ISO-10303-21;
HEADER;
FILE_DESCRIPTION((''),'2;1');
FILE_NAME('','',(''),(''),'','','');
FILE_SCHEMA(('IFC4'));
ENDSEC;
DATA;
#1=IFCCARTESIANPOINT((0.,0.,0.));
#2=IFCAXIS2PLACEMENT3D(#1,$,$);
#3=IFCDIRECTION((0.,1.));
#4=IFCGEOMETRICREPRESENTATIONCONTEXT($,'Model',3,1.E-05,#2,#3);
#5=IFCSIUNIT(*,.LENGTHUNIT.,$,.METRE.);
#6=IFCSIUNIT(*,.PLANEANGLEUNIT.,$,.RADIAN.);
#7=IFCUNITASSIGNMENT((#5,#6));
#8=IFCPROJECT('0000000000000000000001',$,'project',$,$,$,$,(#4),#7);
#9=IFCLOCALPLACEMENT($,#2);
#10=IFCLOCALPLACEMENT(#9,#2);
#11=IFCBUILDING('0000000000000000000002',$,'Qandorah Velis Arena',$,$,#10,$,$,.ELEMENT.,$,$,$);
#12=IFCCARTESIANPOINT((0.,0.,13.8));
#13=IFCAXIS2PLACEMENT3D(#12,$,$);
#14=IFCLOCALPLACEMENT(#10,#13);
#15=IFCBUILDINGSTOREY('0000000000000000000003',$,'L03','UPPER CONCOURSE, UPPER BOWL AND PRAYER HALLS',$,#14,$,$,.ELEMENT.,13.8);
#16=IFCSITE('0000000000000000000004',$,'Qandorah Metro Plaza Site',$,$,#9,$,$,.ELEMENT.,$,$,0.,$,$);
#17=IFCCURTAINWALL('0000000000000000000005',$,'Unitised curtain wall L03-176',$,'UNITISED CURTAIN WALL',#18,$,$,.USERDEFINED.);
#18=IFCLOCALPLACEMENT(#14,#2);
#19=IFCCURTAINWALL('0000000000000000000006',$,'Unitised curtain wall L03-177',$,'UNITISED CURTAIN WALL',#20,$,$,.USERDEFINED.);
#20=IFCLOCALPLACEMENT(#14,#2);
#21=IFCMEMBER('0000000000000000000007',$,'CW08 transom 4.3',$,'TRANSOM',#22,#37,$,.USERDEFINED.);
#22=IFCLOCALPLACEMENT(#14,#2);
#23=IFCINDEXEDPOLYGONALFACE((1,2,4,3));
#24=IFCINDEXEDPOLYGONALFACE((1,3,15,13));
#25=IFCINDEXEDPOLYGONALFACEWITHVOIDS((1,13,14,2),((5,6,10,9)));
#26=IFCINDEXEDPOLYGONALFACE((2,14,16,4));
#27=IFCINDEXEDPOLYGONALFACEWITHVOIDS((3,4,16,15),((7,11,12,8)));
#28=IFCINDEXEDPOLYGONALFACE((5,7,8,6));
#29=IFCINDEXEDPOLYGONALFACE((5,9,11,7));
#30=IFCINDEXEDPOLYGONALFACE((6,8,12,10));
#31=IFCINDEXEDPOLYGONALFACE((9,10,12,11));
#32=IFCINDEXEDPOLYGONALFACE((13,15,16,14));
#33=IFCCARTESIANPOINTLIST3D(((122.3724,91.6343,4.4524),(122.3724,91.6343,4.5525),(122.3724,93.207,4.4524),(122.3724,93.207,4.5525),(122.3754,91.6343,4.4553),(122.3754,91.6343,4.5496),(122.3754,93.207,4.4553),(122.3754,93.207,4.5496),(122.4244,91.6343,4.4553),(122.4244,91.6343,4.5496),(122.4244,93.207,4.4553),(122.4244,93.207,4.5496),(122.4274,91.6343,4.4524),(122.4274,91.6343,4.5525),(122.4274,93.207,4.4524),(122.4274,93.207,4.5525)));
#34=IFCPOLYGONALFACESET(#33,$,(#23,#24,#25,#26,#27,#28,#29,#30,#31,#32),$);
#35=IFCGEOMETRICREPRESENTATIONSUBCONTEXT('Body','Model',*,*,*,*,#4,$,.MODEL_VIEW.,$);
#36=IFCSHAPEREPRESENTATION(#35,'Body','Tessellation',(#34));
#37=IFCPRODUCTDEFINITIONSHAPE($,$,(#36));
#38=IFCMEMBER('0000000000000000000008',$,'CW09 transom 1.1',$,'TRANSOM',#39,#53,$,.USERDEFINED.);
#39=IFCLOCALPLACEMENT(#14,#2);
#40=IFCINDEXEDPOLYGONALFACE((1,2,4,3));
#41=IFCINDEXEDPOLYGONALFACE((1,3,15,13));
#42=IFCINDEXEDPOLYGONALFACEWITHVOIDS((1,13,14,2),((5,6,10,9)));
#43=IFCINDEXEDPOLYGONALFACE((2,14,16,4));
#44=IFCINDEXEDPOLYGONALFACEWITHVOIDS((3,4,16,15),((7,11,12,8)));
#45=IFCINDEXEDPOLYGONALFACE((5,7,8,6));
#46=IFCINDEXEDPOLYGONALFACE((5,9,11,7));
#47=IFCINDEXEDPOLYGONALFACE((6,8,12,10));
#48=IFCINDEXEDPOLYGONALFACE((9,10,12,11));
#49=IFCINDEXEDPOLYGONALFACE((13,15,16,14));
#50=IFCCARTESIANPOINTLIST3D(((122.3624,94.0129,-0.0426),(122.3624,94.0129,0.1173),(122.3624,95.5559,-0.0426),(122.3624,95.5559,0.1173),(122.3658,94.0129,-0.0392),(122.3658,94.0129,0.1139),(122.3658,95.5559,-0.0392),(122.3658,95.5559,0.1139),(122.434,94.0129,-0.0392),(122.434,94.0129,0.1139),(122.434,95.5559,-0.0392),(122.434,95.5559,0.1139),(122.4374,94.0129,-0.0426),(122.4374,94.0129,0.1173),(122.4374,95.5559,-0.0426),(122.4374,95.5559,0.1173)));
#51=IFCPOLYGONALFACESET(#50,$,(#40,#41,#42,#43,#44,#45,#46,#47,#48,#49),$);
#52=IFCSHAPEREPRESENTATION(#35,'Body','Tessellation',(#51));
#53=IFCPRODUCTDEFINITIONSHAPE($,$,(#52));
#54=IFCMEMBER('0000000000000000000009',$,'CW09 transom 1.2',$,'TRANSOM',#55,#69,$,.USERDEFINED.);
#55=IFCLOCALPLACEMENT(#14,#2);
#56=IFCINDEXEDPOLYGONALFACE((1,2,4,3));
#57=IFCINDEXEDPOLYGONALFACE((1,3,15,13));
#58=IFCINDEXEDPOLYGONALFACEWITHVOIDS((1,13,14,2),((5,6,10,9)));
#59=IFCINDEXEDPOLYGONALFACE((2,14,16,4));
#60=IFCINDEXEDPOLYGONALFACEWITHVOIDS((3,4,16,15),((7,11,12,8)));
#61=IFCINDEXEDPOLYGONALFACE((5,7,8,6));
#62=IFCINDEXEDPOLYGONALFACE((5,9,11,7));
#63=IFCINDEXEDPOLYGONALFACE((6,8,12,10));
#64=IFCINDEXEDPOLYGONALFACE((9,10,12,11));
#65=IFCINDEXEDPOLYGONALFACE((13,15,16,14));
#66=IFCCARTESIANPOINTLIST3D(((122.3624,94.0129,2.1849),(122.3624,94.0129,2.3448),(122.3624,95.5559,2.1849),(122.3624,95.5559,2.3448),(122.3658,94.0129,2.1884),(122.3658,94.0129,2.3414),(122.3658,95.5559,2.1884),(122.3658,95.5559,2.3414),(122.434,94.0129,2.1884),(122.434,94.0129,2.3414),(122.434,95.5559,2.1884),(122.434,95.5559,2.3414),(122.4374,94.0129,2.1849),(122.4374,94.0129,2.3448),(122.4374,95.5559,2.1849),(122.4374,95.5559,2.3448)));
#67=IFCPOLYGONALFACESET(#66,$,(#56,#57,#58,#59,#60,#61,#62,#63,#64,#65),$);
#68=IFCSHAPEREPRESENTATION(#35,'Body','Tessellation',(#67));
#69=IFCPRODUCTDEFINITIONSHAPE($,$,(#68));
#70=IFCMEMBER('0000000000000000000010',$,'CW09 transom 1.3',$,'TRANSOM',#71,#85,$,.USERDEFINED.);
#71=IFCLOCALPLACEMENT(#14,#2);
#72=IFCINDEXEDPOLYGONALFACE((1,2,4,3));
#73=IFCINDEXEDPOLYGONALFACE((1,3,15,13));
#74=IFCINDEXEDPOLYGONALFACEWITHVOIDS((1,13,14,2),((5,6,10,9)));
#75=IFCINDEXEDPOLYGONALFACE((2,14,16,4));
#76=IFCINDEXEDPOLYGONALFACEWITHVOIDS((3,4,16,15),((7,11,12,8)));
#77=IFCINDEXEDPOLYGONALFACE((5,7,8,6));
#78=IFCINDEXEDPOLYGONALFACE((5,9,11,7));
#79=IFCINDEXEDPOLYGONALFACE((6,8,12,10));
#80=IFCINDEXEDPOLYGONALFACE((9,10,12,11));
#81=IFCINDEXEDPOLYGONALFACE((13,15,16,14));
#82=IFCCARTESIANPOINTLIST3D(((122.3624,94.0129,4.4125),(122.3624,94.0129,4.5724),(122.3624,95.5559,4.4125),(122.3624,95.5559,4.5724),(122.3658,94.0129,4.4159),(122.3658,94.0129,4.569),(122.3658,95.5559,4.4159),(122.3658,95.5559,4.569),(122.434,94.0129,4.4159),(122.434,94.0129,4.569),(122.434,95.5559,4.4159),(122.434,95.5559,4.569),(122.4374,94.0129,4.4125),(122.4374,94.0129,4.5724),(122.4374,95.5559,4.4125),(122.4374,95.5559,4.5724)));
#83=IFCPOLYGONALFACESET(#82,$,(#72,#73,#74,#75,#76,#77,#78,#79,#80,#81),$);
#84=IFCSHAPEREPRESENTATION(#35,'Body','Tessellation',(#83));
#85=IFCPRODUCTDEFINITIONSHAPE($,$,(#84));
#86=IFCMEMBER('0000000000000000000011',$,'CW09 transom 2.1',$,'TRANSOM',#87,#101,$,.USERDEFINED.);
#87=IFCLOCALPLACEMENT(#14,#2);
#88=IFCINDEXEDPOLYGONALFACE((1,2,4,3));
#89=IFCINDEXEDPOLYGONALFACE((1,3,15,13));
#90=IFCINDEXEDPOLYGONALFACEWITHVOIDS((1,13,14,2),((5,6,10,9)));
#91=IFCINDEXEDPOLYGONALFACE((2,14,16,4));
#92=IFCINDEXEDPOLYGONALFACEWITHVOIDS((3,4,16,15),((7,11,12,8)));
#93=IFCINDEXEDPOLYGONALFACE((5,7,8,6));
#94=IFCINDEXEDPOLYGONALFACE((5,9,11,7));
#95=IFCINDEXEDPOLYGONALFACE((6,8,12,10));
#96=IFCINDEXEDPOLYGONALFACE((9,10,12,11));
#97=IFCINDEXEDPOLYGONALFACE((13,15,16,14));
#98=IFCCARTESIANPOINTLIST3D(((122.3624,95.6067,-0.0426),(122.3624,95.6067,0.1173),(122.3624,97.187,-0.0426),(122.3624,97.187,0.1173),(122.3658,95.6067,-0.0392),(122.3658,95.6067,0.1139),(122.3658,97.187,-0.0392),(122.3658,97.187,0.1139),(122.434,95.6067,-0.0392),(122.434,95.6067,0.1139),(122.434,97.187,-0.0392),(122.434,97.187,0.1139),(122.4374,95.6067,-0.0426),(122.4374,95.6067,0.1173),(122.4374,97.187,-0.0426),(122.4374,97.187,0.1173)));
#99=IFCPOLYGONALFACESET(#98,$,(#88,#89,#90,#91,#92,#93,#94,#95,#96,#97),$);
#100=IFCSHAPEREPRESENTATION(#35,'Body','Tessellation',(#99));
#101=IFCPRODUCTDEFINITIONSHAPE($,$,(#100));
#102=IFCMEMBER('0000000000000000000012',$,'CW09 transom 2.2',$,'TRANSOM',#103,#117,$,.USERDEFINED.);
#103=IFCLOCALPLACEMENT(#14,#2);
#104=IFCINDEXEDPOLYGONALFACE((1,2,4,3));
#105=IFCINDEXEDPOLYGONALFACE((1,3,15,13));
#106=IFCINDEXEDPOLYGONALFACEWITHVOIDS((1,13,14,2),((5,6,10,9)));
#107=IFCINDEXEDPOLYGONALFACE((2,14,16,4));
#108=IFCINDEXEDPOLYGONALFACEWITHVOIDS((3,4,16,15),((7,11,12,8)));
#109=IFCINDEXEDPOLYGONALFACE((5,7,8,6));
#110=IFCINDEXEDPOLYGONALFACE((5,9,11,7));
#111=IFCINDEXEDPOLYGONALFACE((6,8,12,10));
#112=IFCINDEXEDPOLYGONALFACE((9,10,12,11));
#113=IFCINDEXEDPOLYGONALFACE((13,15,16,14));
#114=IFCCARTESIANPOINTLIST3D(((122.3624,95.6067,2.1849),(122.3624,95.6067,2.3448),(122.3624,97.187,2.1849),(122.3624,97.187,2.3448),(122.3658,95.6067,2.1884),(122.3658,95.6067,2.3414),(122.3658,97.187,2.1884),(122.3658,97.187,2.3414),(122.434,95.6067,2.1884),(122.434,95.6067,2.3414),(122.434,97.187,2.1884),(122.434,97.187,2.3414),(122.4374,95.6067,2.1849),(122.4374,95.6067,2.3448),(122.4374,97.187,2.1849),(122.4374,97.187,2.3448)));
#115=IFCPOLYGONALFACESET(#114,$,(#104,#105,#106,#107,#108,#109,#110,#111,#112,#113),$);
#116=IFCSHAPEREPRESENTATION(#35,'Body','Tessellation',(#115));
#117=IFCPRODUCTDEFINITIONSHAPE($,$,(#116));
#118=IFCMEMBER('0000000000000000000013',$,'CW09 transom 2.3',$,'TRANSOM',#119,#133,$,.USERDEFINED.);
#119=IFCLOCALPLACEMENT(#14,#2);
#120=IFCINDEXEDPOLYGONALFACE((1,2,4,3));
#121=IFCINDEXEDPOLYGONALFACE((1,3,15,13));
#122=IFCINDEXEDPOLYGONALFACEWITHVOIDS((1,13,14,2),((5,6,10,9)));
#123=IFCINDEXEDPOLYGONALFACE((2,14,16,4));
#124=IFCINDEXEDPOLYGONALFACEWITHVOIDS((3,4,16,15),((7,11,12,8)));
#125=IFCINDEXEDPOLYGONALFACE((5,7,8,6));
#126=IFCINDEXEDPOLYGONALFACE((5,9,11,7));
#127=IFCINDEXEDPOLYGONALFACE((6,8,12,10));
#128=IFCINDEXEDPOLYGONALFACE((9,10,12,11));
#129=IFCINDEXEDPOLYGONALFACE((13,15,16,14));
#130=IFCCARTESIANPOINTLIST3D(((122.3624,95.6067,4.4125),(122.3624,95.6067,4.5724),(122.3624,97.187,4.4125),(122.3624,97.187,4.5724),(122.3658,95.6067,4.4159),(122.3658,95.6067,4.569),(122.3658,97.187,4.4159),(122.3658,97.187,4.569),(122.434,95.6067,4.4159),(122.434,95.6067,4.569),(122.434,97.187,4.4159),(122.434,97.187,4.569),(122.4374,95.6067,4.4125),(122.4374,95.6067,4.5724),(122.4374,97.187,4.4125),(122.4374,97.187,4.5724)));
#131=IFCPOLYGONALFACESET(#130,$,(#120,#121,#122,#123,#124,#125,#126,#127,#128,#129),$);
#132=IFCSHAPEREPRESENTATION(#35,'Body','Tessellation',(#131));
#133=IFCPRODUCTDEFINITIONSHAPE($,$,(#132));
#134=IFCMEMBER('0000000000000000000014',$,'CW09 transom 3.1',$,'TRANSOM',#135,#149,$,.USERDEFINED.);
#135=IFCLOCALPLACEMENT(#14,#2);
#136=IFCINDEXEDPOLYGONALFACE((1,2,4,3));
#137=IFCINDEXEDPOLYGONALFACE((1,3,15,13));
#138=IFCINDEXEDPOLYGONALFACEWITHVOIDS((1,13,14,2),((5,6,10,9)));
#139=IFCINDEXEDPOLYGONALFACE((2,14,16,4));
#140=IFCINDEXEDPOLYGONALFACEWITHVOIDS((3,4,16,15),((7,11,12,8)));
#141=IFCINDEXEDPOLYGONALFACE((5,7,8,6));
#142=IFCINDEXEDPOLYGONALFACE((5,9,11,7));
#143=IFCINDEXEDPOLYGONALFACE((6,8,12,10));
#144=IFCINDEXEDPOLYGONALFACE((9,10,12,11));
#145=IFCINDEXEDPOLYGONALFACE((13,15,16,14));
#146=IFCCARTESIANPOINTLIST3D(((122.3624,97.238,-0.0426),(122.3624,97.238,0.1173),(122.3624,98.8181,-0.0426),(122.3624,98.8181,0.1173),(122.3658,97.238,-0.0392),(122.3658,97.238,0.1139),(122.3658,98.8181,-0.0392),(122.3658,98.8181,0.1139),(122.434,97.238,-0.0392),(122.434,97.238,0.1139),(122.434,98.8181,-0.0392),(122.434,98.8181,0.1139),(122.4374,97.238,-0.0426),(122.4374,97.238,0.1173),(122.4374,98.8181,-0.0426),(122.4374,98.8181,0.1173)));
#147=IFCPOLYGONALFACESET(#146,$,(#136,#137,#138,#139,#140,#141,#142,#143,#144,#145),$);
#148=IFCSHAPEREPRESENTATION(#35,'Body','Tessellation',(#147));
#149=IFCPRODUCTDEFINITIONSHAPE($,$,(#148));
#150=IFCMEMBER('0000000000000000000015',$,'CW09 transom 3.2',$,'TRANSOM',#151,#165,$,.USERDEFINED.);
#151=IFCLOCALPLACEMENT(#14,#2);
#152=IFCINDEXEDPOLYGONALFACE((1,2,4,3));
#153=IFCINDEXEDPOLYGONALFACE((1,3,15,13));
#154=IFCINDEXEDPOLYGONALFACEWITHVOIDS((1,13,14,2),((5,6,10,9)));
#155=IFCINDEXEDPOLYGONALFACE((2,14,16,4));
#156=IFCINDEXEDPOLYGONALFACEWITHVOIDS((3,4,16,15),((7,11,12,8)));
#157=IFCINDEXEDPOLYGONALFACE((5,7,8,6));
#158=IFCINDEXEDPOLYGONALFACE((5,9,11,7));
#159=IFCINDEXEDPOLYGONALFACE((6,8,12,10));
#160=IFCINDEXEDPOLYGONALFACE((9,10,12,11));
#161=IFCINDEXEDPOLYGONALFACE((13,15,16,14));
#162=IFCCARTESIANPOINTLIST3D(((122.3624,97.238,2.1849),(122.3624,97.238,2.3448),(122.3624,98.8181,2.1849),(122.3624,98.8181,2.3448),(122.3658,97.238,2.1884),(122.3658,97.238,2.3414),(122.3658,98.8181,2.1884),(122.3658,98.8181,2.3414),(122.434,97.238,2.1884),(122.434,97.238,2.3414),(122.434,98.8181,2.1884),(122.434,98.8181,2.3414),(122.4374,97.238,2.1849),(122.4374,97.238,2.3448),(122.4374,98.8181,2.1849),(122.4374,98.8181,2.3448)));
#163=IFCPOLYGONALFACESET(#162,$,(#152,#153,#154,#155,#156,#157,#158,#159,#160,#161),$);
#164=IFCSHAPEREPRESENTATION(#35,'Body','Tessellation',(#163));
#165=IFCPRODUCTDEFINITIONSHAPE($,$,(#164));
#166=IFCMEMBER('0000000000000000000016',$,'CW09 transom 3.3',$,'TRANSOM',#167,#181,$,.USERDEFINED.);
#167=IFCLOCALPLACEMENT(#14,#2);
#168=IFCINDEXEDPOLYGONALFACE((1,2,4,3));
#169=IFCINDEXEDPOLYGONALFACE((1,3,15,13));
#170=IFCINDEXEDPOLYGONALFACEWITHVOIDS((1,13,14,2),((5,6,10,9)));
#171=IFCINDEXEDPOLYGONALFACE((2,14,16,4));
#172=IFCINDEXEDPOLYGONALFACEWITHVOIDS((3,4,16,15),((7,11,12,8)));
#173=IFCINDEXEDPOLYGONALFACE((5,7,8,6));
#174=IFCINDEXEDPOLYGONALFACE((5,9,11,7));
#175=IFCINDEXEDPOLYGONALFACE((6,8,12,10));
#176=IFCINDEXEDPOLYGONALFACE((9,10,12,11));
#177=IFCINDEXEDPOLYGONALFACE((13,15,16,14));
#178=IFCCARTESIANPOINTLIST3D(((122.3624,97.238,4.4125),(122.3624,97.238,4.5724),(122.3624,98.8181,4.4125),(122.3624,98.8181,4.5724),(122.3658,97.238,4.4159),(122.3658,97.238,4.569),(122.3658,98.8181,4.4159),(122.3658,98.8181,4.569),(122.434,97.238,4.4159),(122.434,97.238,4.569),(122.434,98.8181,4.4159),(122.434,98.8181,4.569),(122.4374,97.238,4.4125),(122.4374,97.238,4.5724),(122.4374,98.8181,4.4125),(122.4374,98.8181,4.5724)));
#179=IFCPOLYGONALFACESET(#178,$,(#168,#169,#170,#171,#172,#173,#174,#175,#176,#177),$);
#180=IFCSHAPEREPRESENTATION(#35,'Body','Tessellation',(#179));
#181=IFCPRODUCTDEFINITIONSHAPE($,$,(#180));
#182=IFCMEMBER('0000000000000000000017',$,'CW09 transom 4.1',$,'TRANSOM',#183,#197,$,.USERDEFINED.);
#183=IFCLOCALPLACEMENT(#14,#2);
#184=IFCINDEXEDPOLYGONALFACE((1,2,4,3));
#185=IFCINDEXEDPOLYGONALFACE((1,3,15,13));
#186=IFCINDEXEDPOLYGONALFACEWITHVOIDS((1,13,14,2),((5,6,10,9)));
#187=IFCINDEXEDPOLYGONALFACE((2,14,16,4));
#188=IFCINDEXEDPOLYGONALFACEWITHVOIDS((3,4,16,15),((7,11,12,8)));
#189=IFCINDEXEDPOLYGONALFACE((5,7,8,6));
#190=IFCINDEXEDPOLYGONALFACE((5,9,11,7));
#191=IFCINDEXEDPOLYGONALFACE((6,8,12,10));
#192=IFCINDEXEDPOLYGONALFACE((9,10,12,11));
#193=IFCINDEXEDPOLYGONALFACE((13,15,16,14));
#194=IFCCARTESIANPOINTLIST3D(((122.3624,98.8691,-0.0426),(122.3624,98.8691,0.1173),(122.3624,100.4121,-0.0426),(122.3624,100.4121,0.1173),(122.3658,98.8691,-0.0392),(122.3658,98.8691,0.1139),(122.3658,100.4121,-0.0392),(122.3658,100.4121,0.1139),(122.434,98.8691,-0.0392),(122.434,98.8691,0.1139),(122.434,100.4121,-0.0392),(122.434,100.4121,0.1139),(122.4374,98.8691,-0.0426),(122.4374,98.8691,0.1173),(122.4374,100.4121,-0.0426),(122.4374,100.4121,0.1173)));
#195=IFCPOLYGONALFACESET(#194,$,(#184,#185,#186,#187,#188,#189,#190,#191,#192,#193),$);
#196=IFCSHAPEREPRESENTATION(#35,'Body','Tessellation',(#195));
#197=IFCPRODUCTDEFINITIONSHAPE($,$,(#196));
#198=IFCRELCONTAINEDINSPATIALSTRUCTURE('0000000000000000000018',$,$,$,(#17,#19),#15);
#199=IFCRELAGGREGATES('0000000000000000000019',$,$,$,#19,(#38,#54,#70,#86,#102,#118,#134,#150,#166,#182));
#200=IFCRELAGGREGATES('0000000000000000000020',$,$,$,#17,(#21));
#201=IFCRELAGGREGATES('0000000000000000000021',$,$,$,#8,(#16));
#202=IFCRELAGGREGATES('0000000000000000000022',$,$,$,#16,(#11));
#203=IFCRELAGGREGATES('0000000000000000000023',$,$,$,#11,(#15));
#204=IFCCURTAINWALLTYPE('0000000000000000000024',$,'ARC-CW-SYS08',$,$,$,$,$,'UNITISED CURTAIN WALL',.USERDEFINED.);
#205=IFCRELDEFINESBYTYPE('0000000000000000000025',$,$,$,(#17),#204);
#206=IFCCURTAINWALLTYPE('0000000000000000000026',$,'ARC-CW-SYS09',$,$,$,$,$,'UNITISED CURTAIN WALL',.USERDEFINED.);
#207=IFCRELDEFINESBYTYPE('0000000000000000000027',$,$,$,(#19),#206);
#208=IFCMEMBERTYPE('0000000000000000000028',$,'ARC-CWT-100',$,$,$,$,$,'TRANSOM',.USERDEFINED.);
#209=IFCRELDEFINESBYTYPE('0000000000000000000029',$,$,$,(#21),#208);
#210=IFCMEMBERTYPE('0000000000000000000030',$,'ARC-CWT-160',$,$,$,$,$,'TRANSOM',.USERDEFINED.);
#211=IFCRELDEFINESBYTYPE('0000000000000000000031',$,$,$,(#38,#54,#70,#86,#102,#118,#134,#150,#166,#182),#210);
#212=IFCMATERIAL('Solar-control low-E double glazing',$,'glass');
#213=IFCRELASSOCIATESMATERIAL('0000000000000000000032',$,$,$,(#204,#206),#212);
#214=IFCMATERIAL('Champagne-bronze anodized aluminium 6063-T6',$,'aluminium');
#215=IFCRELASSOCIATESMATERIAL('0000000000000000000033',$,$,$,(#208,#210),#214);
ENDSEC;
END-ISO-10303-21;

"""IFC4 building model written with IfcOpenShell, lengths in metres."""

from ifc_helpers import new_model, si_unit, direction, frame, origin, origin_2d, place, context, subcontext, project, spatial, hollow_rectangle, extrude, material, material_profile, profile_set, type_object, element, aggregate, save


model = new_model("IFC4")

# Units and contexts
model_context = context("Model", 3, precision=1e-05, world=origin(), true_north=direction((0.0, 1.0)))
body_context = subcontext(model_context, "Body", "Model", "MODEL_VIEW")
ifc_project = project(units=[si_unit("LENGTHUNIT", "METRE"), si_unit("PLANEANGLEUNIT", "RADIAN")], contexts=[model_context])

# Site, building, storey
site_placement = place(None, origin())
site = spatial("IfcSite", under=ifc_project, at=site_placement, Name="Qandorah Metro Plaza Site", CompositionType="ELEMENT", RefElevation=0.0)
building_placement = place(site_placement, origin())
building = spatial("IfcBuilding", under=site, at=building_placement, Name="Qandorah Velis Arena", CompositionType="ELEMENT")
storey_placement = place(building_placement, frame((0.0, 0.0, 13.8)))
storey = spatial("IfcBuildingStorey", under=building, at=storey_placement, Name="L03", Description="UPPER CONCOURSE, UPPER BOWL AND PRAYER HALLS", CompositionType="ELEMENT", Elevation=13.8)

# Curtain walls
ifc_material_1 = material(Name="Solar-control low-E double glazing", Category="glass")
curtain_wall_type_1 = type_object("IfcCurtainWallType", Name="ARC-CW-SYS08", ElementType="UNITISED CURTAIN WALL", PredefinedType="USERDEFINED", material=ifc_material_1)
curtain_wall_1_placement = place(storey_placement, origin())
curtain_wall_1 = element("IfcCurtainWall", 1, at=curtain_wall_1_placement, inside=storey, type_object=curtain_wall_type_1, Name="Unitised curtain wall L03-176", ObjectType="UNITISED CURTAIN WALL", PredefinedType="USERDEFINED")
ifc_material_2 = material(Name="Champagne-bronze anodized aluminium 6063-T6", Category="aluminium")
curtain_wall_type_2 = type_object("IfcCurtainWallType", Name="ARC-CW-SYS09", ElementType="UNITISED CURTAIN WALL", PredefinedType="USERDEFINED", material=ifc_material_1)
curtain_wall_2_placement = place(storey_placement, origin())
curtain_wall_2 = element("IfcCurtainWall", 2, at=curtain_wall_2_placement, inside=storey, type_object=curtain_wall_type_2, Name="Unitised curtain wall L03-177", ObjectType="UNITISED CURTAIN WALL", PredefinedType="USERDEFINED")

# Members
ifc_material_profile_1 = material_profile(ifc_material_2, hollow_rectangle(XDim=0.0549, YDim=0.1001, WallThickness=0.0029, at=origin_2d()), Name="ALU TRANSOM 55x100")
ifc_profile_set_1 = profile_set([ifc_material_profile_1], Name="Champagne-bronze anodized aluminium 6063-T6")
member_type_1 = type_object("IfcMemberType", Name="ARC-CWT-100", ElementType="TRANSOM", PredefinedType="USERDEFINED", material=ifc_profile_set_1)
member_1_placement = place(storey_placement, frame((122.3999, 91.6343, 4.5024), z_axis=(0.0, 1.0, 0.0), x_axis=(-1.0, 0.0, 0.0)))
member_1 = element("IfcMember", 3, at=member_1_placement, type_object=member_type_1, Name="CW08 transom 4.3", ObjectType="TRANSOM", PredefinedType="USERDEFINED", context=body_context, shape_type="SweptSolid", body=[
    extrude(hollow_rectangle(XDim=0.0549, YDim=0.1001, WallThickness=0.0029, at=origin_2d()), origin(), (0.0, 0.0, 1.0), 1.5728),
])
ifc_material_profile_2 = material_profile(ifc_material_2, hollow_rectangle(XDim=0.075, YDim=0.1599, WallThickness=0.0034, at=origin_2d()), Name="ALU TRANSOM 75x160")
ifc_profile_set_2 = profile_set([ifc_material_profile_2], Name="Champagne-bronze anodized aluminium 6063-T6")
member_type_2 = type_object("IfcMemberType", Name="ARC-CWT-160", ElementType="TRANSOM", PredefinedType="USERDEFINED", material=ifc_profile_set_2)
member_2_placement = place(storey_placement, frame((122.3999, 94.0129, 0.0374), z_axis=(0.0, 1.0, 0.0), x_axis=(-1.0, 0.0, 0.0)))
member_2 = element("IfcMember", 4, at=member_2_placement, type_object=member_type_2, Name="CW09 transom 1.1", ObjectType="TRANSOM", PredefinedType="USERDEFINED", context=body_context, shape_type="SweptSolid", body=[
    extrude(hollow_rectangle(XDim=0.075, YDim=0.1599, WallThickness=0.0034, at=origin_2d()), origin(), (0.0, 0.0, 1.0), 1.543),
])
member_3_placement = place(storey_placement, frame((122.3999, 94.0129, 2.2649), z_axis=(0.0, 1.0, 0.0), x_axis=(-1.0, 0.0, 0.0)))
member_3 = element("IfcMember", 5, at=member_3_placement, type_object=member_type_2, Name="CW09 transom 1.2", ObjectType="TRANSOM", PredefinedType="USERDEFINED", context=body_context, shape_type="SweptSolid", body=[
    extrude(hollow_rectangle(XDim=0.075, YDim=0.1599, WallThickness=0.0034, at=origin_2d()), origin(), (0.0, 0.0, 1.0), 1.543),
])
member_4_placement = place(storey_placement, frame((122.3999, 94.0129, 4.4924), z_axis=(0.0, 1.0, 0.0), x_axis=(-1.0, 0.0, 0.0)))
member_4 = element("IfcMember", 6, at=member_4_placement, type_object=member_type_2, Name="CW09 transom 1.3", ObjectType="TRANSOM", PredefinedType="USERDEFINED", context=body_context, shape_type="SweptSolid", body=[
    extrude(hollow_rectangle(XDim=0.075, YDim=0.1599, WallThickness=0.0034, at=origin_2d()), origin(), (0.0, 0.0, 1.0), 1.543),
])
member_5_placement = place(storey_placement, frame((122.3999, 95.6067, 0.0374), z_axis=(0.0, 1.0, 0.0), x_axis=(-1.0, 0.0, 0.0)))
member_5 = element("IfcMember", 7, at=member_5_placement, type_object=member_type_2, Name="CW09 transom 2.1", ObjectType="TRANSOM", PredefinedType="USERDEFINED", context=body_context, shape_type="SweptSolid", body=[
    extrude(hollow_rectangle(XDim=0.075, YDim=0.1599, WallThickness=0.0034, at=origin_2d()), origin(), (0.0, 0.0, 1.0), 1.5803),
])
member_6_placement = place(storey_placement, frame((122.3999, 95.6067, 2.2649), z_axis=(0.0, 1.0, 0.0), x_axis=(-1.0, 0.0, 0.0)))
member_6 = element("IfcMember", 8, at=member_6_placement, type_object=member_type_2, Name="CW09 transom 2.2", ObjectType="TRANSOM", PredefinedType="USERDEFINED", context=body_context, shape_type="SweptSolid", body=[
    extrude(hollow_rectangle(XDim=0.075, YDim=0.1599, WallThickness=0.0034, at=origin_2d()), origin(), (0.0, 0.0, 1.0), 1.5803),
])
member_7_placement = place(storey_placement, frame((122.3999, 95.6067, 4.4924), z_axis=(0.0, 1.0, 0.0), x_axis=(-1.0, 0.0, 0.0)))
member_7 = element("IfcMember", 9, at=member_7_placement, type_object=member_type_2, Name="CW09 transom 2.3", ObjectType="TRANSOM", PredefinedType="USERDEFINED", context=body_context, shape_type="SweptSolid", body=[
    extrude(hollow_rectangle(XDim=0.075, YDim=0.1599, WallThickness=0.0034, at=origin_2d()), origin(), (0.0, 0.0, 1.0), 1.5803),
])
member_8_placement = place(storey_placement, frame((122.3999, 97.238, 0.0374), z_axis=(0.0, 1.0, 0.0), x_axis=(-1.0, 0.0, 0.0)))
member_8 = element("IfcMember", 10, at=member_8_placement, type_object=member_type_2, Name="CW09 transom 3.1", ObjectType="TRANSOM", PredefinedType="USERDEFINED", context=body_context, shape_type="SweptSolid", body=[
    extrude(hollow_rectangle(XDim=0.075, YDim=0.1599, WallThickness=0.0034, at=origin_2d()), origin(), (0.0, 0.0, 1.0), 1.5801),
])
member_9_placement = place(storey_placement, frame((122.3999, 97.238, 2.2649), z_axis=(0.0, 1.0, 0.0), x_axis=(-1.0, 0.0, 0.0)))
member_9 = element("IfcMember", 11, at=member_9_placement, type_object=member_type_2, Name="CW09 transom 3.2", ObjectType="TRANSOM", PredefinedType="USERDEFINED", context=body_context, shape_type="SweptSolid", body=[
    extrude(hollow_rectangle(XDim=0.075, YDim=0.1599, WallThickness=0.0034, at=origin_2d()), origin(), (0.0, 0.0, 1.0), 1.5801),
])
member_10_placement = place(storey_placement, frame((122.3999, 97.238, 4.4924), z_axis=(0.0, 1.0, 0.0), x_axis=(-1.0, 0.0, 0.0)))
member_10 = element("IfcMember", 12, at=member_10_placement, type_object=member_type_2, Name="CW09 transom 3.3", ObjectType="TRANSOM", PredefinedType="USERDEFINED", context=body_context, shape_type="SweptSolid", body=[
    extrude(hollow_rectangle(XDim=0.075, YDim=0.1599, WallThickness=0.0034, at=origin_2d()), origin(), (0.0, 0.0, 1.0), 1.5801),
])
member_11_placement = place(storey_placement, frame((122.3999, 98.8691, 0.0374), z_axis=(0.0, 1.0, 0.0), x_axis=(-1.0, 0.0, 0.0)))
member_11 = element("IfcMember", 13, at=member_11_placement, type_object=member_type_2, Name="CW09 transom 4.1", ObjectType="TRANSOM", PredefinedType="USERDEFINED", context=body_context, shape_type="SweptSolid", body=[
    extrude(hollow_rectangle(XDim=0.075, YDim=0.1599, WallThickness=0.0034, at=origin_2d()), origin(), (0.0, 0.0, 1.0), 1.543),
])

aggregate(curtain_wall_2, [member_2, member_3, member_4, member_5, member_6, member_7, member_8, member_9, member_10, member_11])
aggregate(curtain_wall_1, [member_1])

save(model, "model.ifc")
